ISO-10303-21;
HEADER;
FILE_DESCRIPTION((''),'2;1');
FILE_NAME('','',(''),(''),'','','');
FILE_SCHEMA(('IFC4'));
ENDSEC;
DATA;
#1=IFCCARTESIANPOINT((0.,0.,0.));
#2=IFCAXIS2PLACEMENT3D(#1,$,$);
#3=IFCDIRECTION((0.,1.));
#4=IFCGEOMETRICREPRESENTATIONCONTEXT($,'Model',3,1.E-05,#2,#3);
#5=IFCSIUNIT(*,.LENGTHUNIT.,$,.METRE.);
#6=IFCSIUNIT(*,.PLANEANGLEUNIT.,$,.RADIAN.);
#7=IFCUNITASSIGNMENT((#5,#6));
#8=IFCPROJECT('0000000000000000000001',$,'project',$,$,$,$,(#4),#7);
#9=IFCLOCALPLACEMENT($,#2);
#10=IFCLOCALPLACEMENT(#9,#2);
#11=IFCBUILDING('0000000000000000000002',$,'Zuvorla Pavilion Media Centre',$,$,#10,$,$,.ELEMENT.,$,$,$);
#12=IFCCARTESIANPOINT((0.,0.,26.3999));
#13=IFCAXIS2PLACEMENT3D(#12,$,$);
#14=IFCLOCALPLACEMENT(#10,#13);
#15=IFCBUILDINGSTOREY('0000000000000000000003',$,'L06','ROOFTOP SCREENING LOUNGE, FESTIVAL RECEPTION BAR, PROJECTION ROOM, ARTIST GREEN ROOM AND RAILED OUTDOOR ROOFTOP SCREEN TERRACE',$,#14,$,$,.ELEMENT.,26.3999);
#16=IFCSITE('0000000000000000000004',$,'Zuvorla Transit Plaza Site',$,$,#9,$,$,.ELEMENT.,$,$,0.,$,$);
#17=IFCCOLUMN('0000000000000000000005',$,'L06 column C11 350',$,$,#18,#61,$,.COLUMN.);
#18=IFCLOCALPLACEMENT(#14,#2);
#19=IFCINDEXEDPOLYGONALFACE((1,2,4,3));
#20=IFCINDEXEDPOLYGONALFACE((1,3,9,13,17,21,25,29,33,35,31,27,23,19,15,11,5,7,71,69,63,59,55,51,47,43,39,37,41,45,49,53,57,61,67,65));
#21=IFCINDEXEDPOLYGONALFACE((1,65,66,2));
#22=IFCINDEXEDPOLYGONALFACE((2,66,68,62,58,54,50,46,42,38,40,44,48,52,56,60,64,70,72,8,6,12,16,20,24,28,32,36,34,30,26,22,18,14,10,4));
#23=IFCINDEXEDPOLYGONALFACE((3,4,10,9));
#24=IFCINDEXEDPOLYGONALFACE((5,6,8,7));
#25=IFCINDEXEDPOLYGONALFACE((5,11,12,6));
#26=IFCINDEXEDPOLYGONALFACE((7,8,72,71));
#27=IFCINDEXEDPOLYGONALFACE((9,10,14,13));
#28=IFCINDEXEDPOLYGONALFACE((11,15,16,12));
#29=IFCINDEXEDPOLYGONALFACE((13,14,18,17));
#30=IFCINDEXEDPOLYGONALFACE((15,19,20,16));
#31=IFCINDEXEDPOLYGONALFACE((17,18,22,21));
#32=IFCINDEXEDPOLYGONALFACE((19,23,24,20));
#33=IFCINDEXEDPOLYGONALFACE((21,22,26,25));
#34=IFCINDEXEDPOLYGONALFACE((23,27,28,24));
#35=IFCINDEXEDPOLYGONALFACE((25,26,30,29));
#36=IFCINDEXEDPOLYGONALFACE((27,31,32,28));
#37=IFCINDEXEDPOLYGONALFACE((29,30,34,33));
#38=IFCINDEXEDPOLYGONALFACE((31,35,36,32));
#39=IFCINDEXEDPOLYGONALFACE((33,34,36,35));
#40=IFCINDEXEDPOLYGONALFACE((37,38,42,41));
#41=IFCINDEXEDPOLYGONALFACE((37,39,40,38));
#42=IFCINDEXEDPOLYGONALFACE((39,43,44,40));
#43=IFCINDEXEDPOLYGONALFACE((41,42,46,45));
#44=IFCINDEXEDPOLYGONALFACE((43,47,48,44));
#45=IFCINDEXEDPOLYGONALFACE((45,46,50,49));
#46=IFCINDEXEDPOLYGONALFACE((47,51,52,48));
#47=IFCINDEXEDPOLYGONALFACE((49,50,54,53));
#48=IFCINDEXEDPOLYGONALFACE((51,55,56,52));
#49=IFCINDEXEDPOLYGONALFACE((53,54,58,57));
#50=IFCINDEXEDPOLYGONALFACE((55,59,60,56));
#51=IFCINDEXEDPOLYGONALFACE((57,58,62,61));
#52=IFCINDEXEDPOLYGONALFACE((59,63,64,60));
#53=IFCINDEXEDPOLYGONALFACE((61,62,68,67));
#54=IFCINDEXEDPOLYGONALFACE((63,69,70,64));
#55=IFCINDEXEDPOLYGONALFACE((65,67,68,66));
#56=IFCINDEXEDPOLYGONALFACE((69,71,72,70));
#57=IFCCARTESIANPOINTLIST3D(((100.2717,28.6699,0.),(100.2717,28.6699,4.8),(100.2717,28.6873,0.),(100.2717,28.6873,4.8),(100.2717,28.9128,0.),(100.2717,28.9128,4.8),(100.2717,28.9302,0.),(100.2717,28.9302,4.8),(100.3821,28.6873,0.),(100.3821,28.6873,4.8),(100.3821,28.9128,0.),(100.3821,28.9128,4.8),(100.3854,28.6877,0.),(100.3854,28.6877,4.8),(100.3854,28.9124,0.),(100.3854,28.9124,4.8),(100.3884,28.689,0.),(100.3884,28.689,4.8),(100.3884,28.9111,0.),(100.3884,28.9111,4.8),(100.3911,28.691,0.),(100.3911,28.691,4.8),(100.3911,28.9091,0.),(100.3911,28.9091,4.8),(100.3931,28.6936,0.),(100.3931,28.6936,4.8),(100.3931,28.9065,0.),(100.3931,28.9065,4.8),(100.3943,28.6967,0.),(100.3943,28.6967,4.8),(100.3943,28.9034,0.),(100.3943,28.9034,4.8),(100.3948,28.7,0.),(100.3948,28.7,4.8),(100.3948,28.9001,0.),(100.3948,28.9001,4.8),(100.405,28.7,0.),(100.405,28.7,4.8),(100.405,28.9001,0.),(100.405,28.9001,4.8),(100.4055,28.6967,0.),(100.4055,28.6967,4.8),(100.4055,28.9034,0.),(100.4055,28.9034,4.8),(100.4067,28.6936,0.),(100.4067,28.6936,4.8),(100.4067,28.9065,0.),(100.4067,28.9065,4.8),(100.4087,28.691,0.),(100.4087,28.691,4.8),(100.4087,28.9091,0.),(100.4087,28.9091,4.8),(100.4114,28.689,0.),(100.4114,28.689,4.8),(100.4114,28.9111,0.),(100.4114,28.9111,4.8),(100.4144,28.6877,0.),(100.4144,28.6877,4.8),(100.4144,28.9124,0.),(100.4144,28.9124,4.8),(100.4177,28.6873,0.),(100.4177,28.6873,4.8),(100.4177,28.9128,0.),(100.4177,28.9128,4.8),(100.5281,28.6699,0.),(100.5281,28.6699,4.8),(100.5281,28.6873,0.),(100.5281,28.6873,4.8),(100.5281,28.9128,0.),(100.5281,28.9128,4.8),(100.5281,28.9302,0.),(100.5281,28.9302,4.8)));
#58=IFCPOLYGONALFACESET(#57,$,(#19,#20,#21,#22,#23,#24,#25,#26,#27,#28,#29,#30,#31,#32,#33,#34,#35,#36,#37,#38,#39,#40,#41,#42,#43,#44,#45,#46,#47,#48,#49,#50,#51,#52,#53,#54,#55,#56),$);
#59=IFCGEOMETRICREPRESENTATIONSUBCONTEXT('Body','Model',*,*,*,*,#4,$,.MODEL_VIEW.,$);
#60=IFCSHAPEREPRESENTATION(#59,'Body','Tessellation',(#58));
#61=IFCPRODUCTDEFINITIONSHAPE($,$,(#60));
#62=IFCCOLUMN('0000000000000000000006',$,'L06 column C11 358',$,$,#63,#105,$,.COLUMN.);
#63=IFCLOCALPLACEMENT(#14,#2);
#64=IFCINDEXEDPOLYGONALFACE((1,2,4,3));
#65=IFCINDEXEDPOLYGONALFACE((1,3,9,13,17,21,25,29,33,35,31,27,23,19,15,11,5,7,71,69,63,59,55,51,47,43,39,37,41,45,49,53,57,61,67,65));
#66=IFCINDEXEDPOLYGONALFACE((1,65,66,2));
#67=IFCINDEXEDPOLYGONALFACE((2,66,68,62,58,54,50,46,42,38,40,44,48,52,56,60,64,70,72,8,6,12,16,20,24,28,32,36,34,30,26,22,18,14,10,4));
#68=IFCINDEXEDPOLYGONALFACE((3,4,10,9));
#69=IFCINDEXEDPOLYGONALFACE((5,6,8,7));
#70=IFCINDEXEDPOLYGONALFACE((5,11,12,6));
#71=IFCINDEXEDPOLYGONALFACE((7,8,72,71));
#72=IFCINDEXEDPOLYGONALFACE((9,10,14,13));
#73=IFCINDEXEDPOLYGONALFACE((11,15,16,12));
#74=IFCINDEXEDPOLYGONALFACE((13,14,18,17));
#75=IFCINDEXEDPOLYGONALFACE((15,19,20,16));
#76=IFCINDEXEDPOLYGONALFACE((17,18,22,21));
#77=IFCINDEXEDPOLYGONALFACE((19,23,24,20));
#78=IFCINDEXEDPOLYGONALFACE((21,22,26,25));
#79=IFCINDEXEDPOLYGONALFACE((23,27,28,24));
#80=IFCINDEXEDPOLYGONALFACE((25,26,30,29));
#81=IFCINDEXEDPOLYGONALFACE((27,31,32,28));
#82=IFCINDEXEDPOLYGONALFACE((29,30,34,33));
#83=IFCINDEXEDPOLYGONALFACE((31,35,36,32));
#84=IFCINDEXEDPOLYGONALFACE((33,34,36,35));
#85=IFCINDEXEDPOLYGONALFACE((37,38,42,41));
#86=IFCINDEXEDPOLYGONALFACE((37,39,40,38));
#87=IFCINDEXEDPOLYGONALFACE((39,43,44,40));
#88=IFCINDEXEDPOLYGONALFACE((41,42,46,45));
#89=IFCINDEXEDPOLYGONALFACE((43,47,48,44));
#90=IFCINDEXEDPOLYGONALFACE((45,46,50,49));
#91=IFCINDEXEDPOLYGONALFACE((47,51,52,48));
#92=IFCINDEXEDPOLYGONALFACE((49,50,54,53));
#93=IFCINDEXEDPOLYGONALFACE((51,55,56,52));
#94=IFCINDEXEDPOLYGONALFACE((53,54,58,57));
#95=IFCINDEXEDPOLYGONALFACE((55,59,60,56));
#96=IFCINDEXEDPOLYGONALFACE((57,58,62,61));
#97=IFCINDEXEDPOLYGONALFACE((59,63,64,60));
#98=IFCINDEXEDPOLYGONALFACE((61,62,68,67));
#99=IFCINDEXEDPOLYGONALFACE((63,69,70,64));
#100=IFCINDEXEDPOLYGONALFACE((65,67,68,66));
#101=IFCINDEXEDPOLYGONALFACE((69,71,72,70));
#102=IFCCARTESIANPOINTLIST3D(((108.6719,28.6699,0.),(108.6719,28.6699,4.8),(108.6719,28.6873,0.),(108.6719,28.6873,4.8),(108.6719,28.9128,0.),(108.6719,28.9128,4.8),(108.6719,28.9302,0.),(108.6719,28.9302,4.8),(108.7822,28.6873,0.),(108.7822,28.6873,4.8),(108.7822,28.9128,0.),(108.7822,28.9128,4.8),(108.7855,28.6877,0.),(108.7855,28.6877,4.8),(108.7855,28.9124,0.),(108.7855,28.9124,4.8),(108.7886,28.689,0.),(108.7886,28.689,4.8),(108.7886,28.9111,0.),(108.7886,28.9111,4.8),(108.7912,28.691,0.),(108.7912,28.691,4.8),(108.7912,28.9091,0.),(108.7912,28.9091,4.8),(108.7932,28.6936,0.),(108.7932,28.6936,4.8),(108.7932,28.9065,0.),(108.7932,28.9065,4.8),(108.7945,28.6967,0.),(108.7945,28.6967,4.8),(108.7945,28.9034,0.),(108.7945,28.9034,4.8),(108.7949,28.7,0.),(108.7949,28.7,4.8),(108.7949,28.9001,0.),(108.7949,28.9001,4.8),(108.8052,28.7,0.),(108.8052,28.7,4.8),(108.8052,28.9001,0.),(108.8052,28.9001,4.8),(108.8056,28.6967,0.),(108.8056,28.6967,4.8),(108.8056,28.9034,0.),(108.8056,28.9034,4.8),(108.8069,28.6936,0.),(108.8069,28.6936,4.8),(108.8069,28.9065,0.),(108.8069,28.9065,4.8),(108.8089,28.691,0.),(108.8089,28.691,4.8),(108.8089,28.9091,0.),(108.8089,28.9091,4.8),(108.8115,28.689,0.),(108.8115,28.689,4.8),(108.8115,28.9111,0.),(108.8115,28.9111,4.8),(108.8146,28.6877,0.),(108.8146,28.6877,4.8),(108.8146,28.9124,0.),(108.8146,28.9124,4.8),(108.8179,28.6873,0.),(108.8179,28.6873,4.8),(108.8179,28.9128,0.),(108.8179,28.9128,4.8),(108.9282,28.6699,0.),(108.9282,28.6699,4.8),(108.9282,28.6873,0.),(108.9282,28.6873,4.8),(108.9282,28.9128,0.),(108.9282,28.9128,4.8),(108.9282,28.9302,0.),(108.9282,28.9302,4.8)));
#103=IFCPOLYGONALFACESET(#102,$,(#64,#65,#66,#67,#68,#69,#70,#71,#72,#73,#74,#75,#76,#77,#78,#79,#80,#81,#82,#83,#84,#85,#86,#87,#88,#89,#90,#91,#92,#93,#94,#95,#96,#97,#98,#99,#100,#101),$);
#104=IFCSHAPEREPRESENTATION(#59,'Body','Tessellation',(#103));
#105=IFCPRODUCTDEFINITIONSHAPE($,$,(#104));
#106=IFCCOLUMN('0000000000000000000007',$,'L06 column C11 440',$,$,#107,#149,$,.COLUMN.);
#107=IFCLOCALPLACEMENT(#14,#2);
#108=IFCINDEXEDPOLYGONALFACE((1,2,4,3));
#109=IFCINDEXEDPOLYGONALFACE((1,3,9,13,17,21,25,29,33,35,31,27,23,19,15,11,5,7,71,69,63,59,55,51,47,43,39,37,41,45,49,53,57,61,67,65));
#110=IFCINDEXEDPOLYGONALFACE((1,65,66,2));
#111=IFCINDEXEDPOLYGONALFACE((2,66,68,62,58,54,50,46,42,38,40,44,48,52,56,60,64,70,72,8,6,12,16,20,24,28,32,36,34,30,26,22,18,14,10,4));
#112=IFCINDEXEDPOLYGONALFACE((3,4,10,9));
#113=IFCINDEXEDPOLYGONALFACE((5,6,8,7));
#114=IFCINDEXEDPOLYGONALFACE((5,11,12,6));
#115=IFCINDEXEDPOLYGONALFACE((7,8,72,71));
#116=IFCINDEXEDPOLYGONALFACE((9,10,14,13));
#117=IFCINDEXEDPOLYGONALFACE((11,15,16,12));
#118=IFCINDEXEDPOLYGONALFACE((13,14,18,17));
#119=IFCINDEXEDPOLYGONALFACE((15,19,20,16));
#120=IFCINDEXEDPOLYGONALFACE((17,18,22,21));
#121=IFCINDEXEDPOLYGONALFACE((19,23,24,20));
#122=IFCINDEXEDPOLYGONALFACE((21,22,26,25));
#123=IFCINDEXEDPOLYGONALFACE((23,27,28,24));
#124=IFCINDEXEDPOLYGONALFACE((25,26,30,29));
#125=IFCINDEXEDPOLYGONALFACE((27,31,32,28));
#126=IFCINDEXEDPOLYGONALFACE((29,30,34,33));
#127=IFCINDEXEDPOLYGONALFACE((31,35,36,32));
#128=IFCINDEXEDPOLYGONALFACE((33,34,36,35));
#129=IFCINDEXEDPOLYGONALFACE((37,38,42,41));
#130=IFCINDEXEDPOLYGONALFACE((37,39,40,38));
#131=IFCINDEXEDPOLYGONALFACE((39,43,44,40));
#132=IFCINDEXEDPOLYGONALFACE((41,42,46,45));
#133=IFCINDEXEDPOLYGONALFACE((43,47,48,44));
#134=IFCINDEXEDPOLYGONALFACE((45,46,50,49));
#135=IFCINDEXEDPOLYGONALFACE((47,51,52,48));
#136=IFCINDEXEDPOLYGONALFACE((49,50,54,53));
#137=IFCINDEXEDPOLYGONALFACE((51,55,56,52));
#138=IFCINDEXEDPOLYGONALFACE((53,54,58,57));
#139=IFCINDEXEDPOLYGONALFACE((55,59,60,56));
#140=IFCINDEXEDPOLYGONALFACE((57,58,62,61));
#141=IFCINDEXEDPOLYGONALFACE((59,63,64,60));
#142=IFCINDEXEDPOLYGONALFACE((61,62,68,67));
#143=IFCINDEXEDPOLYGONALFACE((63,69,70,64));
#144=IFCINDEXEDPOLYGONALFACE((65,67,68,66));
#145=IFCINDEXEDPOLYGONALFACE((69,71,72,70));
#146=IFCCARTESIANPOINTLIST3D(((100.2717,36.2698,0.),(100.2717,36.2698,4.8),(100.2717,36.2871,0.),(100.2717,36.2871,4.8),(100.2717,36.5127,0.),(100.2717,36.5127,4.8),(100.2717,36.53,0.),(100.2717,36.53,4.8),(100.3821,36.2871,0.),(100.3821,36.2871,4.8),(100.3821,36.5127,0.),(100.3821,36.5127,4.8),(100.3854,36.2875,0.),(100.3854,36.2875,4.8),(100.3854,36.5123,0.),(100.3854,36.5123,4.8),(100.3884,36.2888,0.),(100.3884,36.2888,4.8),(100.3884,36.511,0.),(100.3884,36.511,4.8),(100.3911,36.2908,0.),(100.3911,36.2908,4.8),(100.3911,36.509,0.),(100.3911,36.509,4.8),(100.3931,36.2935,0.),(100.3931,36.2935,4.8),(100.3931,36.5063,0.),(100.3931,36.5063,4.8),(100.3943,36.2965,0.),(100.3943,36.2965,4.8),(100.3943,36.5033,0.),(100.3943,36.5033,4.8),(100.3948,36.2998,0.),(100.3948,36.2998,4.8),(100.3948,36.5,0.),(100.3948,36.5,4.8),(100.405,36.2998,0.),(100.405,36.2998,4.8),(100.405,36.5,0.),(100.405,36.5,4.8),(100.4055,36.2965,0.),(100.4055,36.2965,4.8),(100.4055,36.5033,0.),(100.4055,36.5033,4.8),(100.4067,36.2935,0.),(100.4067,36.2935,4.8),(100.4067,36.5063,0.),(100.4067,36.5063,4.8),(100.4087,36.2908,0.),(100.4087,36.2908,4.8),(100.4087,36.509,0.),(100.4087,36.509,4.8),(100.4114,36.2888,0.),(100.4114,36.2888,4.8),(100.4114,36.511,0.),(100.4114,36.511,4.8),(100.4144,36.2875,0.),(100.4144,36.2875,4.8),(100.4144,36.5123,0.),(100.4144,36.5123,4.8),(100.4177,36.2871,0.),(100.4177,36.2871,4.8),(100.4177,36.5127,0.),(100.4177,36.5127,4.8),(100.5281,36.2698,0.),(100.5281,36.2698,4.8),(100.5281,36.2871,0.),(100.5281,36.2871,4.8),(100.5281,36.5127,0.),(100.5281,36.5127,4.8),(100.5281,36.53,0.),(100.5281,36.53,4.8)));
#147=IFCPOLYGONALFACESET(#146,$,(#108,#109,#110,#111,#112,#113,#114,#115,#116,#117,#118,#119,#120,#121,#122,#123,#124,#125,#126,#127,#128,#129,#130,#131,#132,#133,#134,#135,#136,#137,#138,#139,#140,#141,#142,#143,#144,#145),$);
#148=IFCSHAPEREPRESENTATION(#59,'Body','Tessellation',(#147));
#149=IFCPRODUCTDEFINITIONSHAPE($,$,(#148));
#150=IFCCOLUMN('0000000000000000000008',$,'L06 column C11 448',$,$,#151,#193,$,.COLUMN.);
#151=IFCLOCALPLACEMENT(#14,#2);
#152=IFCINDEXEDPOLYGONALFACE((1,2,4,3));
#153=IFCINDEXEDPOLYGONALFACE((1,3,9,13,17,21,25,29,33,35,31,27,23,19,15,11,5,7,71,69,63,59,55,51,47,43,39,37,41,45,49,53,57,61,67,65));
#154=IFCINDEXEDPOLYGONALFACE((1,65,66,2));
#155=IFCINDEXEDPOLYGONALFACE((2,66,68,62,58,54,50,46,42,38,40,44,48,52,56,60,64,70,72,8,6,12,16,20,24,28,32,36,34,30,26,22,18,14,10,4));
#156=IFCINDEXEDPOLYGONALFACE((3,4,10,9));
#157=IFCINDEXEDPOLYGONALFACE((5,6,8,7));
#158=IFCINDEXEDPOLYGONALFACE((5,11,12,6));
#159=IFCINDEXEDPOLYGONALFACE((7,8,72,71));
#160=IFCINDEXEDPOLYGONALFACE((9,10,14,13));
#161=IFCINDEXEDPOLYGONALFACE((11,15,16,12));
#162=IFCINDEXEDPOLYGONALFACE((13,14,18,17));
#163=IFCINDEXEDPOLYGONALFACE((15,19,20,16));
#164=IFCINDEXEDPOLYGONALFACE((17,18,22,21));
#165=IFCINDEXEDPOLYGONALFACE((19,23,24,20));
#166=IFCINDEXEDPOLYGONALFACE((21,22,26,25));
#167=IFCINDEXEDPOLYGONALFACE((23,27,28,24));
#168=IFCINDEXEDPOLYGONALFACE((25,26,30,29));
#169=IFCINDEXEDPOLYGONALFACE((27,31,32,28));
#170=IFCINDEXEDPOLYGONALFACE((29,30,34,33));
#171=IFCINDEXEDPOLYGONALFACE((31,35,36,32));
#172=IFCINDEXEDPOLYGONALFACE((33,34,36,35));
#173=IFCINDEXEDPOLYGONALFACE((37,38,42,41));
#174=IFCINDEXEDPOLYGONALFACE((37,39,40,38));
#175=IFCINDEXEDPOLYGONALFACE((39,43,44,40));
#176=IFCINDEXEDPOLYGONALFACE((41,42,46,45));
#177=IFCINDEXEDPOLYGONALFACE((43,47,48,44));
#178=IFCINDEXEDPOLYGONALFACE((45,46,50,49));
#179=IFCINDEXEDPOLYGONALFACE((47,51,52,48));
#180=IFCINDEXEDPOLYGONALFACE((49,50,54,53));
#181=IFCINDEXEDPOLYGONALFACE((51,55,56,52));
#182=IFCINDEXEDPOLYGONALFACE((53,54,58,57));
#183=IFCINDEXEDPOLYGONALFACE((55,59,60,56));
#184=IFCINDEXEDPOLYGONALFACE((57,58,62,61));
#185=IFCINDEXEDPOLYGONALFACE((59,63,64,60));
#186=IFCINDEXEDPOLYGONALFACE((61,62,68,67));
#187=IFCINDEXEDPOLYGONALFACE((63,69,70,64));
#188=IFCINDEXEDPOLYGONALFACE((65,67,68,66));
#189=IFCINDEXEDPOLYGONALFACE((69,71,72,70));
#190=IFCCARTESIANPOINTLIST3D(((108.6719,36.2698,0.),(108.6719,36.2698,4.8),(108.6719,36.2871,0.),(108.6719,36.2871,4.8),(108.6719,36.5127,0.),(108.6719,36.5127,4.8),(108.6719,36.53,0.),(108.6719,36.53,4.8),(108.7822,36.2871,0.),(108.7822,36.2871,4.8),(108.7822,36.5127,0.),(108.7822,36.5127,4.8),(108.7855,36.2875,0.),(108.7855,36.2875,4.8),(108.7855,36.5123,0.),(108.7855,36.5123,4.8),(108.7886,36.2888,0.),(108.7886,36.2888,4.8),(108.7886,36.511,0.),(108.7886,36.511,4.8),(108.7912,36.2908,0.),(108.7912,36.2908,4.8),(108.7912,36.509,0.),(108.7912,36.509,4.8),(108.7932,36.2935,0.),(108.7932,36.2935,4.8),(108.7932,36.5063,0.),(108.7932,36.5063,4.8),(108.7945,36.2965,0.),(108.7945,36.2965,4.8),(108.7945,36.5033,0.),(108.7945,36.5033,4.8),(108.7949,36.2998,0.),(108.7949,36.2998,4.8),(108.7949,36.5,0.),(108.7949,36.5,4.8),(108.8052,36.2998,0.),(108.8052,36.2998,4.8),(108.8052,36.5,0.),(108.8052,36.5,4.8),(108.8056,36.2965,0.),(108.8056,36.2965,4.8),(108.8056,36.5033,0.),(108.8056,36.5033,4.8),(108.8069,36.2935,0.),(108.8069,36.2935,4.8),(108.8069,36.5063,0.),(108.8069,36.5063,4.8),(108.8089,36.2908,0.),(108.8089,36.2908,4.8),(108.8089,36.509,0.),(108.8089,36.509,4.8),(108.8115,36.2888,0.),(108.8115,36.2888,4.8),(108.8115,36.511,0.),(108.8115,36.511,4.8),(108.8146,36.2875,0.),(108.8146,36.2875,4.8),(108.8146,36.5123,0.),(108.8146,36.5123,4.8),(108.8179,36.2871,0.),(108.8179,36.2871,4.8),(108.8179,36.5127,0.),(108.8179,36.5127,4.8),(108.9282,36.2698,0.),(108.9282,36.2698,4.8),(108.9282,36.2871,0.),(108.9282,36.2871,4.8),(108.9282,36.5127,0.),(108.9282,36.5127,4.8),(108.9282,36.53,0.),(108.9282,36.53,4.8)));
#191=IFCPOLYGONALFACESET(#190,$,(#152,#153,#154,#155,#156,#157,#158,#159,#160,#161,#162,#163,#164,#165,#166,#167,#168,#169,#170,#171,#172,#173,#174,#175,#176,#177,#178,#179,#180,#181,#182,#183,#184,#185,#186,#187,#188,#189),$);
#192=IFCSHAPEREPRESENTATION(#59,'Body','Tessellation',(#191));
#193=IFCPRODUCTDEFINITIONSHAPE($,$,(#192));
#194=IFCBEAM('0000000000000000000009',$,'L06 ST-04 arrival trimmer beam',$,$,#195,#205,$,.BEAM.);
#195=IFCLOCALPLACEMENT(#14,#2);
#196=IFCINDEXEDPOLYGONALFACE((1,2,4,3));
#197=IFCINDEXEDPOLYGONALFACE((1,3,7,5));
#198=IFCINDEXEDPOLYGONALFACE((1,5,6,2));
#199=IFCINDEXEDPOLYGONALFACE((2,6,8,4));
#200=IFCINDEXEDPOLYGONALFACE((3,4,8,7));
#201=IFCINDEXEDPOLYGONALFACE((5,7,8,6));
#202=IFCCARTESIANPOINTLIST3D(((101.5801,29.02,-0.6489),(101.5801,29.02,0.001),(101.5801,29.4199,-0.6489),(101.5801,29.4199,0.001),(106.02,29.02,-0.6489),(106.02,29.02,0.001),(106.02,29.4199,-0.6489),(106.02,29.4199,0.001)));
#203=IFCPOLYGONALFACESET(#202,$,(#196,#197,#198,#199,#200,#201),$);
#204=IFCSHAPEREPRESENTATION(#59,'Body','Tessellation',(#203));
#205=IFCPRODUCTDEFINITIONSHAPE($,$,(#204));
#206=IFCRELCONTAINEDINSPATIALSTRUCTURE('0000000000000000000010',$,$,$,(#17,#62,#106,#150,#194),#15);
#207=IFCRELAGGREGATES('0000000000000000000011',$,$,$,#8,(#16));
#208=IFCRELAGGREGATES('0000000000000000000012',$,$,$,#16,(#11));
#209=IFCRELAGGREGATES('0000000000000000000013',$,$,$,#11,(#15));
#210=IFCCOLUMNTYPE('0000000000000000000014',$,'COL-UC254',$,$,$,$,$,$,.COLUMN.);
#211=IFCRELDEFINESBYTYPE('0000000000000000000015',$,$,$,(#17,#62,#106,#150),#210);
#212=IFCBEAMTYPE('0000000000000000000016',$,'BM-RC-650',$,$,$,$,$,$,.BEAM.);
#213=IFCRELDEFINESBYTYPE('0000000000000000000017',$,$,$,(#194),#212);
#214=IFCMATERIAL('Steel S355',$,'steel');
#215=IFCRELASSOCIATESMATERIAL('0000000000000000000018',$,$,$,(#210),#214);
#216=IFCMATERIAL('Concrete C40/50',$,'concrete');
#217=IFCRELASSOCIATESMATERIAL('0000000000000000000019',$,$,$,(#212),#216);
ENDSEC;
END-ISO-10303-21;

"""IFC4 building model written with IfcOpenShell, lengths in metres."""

from ifc_helpers import new_model, si_unit, direction, frame, origin, origin_2d, place, context, subcontext, project, spatial, rectangle, i_section, extrude, material, material_profile, profile_set, type_object, element, save


model = new_model("IFC4")

# Units and contexts
model_context = context("Model", 3, precision=1e-05, world=origin(), true_north=direction((0.0, 1.0)))
body_context = subcontext(model_context, "Body", "Model", "MODEL_VIEW")
ifc_project = project(units=[si_unit("LENGTHUNIT", "METRE"), si_unit("PLANEANGLEUNIT", "RADIAN")], contexts=[model_context])

# Site, building, storey
site_placement = place(None, origin())
site = spatial("IfcSite", under=ifc_project, at=site_placement, Name="Zuvorla Transit Plaza Site", CompositionType="ELEMENT", RefElevation=0.0)
building_placement = place(site_placement, origin())
building = spatial("IfcBuilding", under=site, at=building_placement, Name="Zuvorla Pavilion Media Centre", CompositionType="ELEMENT")
storey_placement = place(building_placement, frame((0.0, 0.0, 26.3999)))
storey = spatial("IfcBuildingStorey", under=building, at=storey_placement, Name="L06", Description="ROOFTOP SCREENING LOUNGE, FESTIVAL RECEPTION BAR, PROJECTION ROOM, ARTIST GREEN ROOM AND RAILED OUTDOOR ROOFTOP SCREEN TERRACE", CompositionType="ELEMENT", Elevation=26.3999)

# Columns
ifc_material_1 = material(Name="Steel S355", Category="steel")
ifc_material_profile_1 = material_profile(ifc_material_1, i_section(OverallWidth=0.2563, OverallDepth=0.2603, WebThickness=0.0103, FlangeThickness=0.0173, FilletRadius=0.0127, at=origin_2d()), Name="UC 254x254x89")
ifc_profile_set_1 = profile_set([ifc_material_profile_1], Name="Steel S355")
column_type = type_object("IfcColumnType", Name="COL-UC254", PredefinedType="COLUMN", material=ifc_profile_set_1)
for number, where, z_axis, x_axis, name in (
    (1, (100.3999, 28.8, 0.0), (0.0, 0.0, 1.0), (1.0, 0.0, 0.0), "L06 column C11 350"),
    (2, (108.8, 28.8, 0.0), (0.0, 0.0, 1.0), (1.0, 0.0, 0.0), "L06 column C11 358"),
    (3, (100.3999, 36.3999, 0.0), (0.0, 0.0, 1.0), (1.0, 0.0, 0.0), "L06 column C11 440"),
    (4, (108.8, 36.3999, 0.0), (0.0, 0.0, 1.0), (1.0, 0.0, 0.0), "L06 column C11 448"),
):
    element("IfcColumn", number, at=place(storey_placement, frame(where, z_axis=z_axis, x_axis=x_axis)), inside=storey, type_object=column_type, Name=name, PredefinedType="COLUMN", context=body_context, shape_type="SweptSolid", body=[
        extrude(i_section(OverallWidth=0.2563, OverallDepth=0.2603, WebThickness=0.0103, FlangeThickness=0.0173, FilletRadius=0.0127, at=origin_2d()), origin(), (0.0, 0.0, 1.0), 4.8),
    ])

# Beam
ifc_material_2 = material(Name="Concrete C40/50", Category="concrete")
ifc_material_profile_2 = material_profile(ifc_material_2, rectangle(XDim=0.3999, YDim=0.6499, at=origin_2d()), Name="RC 400x650")
ifc_profile_set_2 = profile_set([ifc_material_profile_2], Name="Concrete C40/50")
beam_type_1 = type_object("IfcBeamType", Name="BM-RC-650", PredefinedType="BEAM", material=ifc_profile_set_2)
beam_1_placement = place(storey_placement, frame((101.5801, 29.22, -0.324), z_axis=(1.0, 0.0, 0.0), x_axis=(0.0, 1.0, 0.0)))
element("IfcBeam", 5, at=beam_1_placement, inside=storey, type_object=beam_type_1, Name="L06 ST-04 arrival trimmer beam", PredefinedType="BEAM", context=body_context, shape_type="SweptSolid", body=[
    extrude(rectangle(XDim=0.3999, YDim=0.6499, at=origin_2d()), origin(), (0.0, 0.0, 1.0), 4.4399),
])

save(model, "model.ifc")
